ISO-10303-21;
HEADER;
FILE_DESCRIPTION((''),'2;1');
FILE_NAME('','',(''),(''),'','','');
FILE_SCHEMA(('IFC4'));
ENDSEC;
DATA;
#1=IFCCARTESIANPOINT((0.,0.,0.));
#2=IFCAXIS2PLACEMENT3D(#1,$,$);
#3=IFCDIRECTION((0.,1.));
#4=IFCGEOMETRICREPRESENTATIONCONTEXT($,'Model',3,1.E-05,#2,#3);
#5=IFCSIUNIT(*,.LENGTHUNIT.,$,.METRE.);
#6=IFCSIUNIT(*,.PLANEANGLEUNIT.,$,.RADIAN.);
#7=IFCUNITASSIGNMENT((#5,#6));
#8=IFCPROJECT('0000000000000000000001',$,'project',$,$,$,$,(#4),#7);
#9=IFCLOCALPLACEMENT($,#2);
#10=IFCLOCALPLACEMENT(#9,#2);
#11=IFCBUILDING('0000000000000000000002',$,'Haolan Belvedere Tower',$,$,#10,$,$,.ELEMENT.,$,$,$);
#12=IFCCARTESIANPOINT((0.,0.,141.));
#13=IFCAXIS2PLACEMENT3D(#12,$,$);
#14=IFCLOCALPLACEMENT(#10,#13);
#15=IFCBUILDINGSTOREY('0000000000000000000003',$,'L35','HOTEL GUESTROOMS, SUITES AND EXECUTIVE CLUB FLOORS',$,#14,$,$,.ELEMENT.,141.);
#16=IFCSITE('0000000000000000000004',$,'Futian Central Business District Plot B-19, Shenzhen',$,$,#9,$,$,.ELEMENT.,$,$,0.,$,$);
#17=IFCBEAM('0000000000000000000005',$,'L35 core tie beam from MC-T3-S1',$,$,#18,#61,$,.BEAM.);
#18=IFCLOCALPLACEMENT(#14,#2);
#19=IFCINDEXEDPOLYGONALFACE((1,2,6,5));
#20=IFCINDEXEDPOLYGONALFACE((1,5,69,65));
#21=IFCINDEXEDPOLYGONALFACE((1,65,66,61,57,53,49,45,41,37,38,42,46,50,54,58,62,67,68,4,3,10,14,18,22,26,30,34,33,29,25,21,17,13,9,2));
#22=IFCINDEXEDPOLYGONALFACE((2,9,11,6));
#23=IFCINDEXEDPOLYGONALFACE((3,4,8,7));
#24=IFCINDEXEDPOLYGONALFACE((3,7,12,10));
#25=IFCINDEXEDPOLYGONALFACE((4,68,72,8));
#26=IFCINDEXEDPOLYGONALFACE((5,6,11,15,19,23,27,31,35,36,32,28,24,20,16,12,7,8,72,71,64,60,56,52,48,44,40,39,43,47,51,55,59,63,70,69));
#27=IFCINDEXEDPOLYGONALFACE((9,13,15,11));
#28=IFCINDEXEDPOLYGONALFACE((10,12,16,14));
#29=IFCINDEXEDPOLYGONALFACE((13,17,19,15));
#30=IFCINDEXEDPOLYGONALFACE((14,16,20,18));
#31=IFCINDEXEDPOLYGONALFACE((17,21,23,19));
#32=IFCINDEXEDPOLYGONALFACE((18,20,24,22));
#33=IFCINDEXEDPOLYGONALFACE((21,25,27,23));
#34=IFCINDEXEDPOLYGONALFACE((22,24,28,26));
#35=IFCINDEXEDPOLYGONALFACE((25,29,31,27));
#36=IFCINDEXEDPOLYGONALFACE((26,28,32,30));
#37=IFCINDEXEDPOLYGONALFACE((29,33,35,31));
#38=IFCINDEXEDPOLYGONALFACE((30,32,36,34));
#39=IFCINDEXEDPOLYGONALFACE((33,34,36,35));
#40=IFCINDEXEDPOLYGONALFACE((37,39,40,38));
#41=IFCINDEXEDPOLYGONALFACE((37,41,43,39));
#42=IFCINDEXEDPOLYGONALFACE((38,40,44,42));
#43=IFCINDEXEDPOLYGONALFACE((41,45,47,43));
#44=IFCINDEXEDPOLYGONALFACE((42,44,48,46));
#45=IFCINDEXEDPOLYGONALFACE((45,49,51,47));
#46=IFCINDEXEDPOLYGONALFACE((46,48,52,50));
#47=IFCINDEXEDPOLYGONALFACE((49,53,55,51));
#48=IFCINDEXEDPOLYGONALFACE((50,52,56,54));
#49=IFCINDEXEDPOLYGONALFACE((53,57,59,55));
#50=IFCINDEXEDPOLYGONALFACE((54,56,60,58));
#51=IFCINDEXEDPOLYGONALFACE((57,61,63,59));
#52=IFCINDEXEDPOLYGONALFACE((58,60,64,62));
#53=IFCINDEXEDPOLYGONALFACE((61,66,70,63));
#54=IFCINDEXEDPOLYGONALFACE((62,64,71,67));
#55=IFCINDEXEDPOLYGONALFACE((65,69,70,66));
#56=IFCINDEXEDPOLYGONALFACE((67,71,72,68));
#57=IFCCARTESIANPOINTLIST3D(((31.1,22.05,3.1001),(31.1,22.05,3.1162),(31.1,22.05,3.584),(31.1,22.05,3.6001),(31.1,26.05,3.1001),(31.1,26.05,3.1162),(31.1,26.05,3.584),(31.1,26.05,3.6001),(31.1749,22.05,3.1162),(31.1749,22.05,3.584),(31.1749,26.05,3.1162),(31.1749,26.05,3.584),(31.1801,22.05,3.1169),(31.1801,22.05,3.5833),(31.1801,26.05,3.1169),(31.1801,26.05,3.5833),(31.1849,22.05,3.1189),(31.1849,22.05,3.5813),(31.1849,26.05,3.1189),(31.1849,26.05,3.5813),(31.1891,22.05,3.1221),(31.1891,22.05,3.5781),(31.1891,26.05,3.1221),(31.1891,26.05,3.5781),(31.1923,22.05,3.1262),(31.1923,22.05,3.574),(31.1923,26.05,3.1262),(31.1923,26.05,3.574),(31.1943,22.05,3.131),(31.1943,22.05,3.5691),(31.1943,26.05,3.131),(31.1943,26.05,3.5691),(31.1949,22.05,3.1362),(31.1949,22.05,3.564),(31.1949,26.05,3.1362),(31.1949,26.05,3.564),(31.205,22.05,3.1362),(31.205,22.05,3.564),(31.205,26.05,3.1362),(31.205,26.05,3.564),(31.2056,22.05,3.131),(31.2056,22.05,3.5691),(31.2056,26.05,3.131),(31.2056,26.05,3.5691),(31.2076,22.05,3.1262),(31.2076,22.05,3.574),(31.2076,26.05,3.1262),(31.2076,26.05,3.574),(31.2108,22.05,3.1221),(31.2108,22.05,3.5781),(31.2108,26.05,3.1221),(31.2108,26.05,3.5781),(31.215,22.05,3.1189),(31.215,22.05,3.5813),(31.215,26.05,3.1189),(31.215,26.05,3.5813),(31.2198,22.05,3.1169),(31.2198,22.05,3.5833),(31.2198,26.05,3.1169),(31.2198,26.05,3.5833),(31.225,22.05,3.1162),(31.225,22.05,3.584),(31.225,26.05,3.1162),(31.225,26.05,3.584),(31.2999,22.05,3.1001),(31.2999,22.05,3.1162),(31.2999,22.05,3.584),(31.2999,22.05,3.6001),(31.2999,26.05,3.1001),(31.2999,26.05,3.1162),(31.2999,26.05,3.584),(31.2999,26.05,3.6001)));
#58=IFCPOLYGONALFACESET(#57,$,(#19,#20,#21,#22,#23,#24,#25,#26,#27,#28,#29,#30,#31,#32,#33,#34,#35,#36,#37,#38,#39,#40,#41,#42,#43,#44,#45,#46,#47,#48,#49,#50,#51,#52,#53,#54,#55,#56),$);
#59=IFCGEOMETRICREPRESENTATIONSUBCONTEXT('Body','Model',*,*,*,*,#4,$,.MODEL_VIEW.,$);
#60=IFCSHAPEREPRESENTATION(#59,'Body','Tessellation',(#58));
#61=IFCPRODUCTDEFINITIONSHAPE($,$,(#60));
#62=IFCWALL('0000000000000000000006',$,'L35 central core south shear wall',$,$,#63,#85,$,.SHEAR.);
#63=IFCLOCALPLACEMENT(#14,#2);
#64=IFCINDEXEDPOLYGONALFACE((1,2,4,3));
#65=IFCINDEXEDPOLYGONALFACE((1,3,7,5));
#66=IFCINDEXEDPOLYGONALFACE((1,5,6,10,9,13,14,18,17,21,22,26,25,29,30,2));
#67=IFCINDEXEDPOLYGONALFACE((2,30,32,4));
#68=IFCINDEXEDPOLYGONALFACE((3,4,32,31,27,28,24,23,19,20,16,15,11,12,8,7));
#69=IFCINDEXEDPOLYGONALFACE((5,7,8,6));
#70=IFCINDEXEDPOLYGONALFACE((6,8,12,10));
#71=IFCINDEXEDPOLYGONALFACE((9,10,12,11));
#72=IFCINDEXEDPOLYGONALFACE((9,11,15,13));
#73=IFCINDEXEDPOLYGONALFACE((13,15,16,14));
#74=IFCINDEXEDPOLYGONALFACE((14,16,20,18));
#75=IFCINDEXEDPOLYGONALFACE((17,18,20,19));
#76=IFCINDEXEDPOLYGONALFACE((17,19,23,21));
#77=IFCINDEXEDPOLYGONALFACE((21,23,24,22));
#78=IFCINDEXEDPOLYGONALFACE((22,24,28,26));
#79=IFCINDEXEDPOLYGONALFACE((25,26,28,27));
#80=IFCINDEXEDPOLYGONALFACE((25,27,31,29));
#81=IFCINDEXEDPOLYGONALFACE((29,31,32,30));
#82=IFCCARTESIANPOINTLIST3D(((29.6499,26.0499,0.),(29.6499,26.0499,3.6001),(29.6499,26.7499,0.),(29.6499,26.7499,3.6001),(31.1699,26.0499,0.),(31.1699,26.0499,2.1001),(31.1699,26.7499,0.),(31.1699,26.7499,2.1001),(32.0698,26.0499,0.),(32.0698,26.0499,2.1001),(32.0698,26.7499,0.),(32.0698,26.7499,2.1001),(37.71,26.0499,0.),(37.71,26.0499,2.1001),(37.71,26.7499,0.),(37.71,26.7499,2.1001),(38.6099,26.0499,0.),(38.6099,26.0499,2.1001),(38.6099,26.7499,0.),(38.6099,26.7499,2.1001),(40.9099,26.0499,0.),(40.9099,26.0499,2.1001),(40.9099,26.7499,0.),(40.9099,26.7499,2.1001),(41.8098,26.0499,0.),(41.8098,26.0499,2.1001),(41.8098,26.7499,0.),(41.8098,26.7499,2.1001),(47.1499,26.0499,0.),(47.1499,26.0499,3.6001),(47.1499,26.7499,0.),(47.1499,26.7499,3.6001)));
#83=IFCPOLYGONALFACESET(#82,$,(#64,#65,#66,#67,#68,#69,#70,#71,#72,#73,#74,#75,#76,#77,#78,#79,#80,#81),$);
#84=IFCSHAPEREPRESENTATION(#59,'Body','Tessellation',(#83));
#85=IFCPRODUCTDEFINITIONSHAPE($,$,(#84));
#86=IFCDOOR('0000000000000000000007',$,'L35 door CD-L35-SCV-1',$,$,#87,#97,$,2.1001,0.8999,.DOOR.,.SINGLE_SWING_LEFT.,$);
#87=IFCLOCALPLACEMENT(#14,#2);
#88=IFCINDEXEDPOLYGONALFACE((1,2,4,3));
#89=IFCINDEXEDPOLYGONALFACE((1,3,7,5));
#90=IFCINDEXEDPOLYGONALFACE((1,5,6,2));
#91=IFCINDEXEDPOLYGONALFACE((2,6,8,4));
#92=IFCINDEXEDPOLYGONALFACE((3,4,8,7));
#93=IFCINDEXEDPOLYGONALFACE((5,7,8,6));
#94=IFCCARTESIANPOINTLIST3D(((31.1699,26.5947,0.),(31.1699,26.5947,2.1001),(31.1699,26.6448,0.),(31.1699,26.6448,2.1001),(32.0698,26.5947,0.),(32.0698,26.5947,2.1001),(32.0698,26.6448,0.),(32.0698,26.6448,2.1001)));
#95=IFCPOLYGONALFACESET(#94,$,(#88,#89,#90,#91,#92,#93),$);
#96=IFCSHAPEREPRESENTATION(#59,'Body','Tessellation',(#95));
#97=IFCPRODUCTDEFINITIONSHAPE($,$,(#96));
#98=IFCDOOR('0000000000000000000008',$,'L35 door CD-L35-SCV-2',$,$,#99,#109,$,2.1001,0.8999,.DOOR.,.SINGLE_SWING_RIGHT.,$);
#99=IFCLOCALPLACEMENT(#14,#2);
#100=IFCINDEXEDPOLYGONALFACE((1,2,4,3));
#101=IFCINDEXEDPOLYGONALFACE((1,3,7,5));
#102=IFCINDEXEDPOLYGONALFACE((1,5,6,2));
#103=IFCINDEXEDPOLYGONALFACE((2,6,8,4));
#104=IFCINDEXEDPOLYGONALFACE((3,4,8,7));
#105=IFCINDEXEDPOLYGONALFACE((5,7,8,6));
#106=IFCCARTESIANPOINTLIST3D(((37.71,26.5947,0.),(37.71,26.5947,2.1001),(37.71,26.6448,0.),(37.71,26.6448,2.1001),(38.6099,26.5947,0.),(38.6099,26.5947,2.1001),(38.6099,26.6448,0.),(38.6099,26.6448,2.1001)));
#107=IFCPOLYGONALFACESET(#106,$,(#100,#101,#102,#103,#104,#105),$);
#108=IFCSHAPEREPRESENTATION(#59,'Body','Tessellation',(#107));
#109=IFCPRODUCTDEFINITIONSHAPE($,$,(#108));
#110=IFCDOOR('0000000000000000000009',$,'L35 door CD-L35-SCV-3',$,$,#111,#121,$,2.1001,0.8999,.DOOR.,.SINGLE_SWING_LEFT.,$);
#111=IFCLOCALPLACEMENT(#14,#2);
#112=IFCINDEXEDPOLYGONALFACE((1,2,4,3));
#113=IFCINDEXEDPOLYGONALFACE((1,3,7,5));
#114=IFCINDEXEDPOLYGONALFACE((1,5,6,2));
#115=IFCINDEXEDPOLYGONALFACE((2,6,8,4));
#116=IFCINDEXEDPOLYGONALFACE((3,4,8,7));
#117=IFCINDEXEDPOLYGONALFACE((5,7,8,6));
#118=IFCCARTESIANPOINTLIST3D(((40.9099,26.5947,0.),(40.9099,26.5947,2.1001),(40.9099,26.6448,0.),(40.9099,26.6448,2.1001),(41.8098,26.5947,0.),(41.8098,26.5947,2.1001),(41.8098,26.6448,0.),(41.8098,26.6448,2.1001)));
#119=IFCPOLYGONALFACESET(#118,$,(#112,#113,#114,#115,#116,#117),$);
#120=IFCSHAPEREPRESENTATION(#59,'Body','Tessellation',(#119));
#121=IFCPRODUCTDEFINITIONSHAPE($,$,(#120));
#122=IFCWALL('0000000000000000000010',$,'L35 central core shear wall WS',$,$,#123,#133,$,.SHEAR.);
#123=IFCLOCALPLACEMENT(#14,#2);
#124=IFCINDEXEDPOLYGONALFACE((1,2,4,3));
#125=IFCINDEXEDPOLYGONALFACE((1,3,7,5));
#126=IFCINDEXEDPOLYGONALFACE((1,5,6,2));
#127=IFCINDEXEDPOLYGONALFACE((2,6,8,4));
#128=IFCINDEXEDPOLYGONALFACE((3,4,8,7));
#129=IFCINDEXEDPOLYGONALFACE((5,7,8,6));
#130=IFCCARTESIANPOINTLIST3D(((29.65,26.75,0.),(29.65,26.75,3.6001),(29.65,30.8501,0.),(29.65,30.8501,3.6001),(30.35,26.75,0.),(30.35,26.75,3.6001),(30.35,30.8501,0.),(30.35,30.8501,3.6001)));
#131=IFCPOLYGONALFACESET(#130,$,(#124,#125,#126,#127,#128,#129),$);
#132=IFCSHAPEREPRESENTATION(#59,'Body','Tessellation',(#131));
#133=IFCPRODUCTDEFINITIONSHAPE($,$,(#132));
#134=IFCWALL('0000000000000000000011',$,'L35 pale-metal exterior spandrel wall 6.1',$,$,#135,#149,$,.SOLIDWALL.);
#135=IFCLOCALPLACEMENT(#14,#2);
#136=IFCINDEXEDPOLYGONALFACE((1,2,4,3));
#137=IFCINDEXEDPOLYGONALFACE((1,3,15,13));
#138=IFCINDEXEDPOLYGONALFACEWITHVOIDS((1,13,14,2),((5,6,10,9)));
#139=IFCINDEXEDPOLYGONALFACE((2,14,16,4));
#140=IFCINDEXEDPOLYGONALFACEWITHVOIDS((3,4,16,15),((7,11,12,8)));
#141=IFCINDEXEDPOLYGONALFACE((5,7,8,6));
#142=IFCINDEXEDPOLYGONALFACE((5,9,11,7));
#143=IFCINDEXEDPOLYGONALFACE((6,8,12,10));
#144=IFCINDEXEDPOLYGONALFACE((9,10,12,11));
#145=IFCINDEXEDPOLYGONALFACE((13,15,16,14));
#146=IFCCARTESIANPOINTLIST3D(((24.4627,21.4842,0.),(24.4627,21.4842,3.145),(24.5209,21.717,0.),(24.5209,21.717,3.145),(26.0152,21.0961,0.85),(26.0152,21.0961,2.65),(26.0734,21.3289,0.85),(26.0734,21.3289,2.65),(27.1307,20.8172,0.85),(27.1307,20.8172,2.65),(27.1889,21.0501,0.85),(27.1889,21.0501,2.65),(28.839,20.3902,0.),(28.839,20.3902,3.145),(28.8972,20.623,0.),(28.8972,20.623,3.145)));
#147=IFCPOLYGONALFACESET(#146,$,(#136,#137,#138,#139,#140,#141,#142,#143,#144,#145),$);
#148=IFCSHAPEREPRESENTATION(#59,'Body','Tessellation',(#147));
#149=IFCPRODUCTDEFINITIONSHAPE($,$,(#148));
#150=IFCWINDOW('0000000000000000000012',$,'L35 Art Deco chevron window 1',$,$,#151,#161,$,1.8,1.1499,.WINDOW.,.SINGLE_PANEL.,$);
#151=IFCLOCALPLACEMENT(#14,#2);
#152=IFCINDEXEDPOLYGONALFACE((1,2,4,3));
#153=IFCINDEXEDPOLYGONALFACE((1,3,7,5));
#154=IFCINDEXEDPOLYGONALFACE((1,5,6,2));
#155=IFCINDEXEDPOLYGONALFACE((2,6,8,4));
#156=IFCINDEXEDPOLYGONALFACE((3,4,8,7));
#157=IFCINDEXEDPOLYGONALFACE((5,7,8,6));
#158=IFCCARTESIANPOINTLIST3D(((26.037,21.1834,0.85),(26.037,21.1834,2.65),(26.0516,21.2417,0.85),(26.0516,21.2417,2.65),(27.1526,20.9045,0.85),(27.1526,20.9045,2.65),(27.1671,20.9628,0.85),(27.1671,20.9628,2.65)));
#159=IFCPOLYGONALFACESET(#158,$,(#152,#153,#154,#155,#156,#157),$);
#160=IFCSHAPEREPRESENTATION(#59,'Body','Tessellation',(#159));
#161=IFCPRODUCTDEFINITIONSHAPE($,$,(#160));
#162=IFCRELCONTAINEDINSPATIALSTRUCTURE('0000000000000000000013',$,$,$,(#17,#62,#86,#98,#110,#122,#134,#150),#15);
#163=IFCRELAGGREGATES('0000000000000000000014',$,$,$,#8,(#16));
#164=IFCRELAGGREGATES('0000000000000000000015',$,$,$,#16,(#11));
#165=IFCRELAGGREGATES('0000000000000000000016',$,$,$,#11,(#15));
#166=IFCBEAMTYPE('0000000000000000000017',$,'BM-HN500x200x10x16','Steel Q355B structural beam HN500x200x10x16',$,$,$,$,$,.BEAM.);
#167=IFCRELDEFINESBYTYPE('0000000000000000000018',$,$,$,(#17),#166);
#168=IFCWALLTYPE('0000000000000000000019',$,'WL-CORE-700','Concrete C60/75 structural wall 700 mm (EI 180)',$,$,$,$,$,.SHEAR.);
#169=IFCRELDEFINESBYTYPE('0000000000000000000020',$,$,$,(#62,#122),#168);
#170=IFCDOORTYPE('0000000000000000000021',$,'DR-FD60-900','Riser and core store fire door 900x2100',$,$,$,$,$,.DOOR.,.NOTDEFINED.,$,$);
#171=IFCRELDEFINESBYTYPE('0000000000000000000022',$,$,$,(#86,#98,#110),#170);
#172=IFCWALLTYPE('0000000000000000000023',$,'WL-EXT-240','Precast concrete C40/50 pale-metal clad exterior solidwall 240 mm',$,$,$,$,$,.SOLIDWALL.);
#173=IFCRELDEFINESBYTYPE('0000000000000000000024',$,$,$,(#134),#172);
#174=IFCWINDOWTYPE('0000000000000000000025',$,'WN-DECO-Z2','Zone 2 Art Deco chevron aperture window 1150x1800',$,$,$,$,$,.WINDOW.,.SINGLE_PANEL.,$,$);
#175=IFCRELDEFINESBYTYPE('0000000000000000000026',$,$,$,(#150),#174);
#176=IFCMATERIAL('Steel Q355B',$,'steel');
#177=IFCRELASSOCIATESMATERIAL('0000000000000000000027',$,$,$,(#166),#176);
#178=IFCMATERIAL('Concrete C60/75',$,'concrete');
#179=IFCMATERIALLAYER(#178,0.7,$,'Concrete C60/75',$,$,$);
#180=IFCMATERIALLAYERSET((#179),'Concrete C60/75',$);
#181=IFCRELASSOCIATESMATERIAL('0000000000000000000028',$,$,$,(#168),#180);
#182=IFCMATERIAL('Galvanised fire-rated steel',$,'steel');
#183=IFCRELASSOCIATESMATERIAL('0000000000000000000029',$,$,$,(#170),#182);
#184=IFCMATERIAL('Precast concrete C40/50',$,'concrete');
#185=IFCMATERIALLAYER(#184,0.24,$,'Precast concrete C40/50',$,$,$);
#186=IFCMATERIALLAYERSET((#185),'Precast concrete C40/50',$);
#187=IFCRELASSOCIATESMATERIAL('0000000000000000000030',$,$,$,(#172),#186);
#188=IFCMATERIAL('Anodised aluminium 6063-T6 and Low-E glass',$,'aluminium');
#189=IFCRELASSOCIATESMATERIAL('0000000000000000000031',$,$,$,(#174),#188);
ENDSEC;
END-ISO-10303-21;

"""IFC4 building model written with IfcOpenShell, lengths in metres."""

from ifc_helpers import new_model, si_unit, direction, frame, frame_2d, origin, origin_2d, place, context, subcontext, project, spatial, rectangle, i_section, extrude, material, layer, layer_set, material_profile, profile_set, type_object, element, fill, save


model = new_model("IFC4")

# Units and contexts
model_context = context("Model", 3, precision=1e-05, world=origin(), true_north=direction((0.0, 1.0)))
body_context = subcontext(model_context, "Body", "Model", "MODEL_VIEW")
ifc_project = project(units=[si_unit("LENGTHUNIT", "METRE"), si_unit("PLANEANGLEUNIT", "RADIAN")], contexts=[model_context])

# Site, building, storey
site_placement = place(None, origin())
site = spatial("IfcSite", under=ifc_project, at=site_placement, Name="Futian Central Business District Plot B-19, Shenzhen", CompositionType="ELEMENT", RefElevation=0.0)
building_placement = place(site_placement, origin())
building = spatial("IfcBuilding", under=site, at=building_placement, Name="Haolan Belvedere Tower", CompositionType="ELEMENT")
storey_placement = place(building_placement, frame((0.0, 0.0, 141.0)))
storey = spatial("IfcBuildingStorey", under=building, at=storey_placement, Name="L35", Description="HOTEL GUESTROOMS, SUITES AND EXECUTIVE CLUB FLOORS", CompositionType="ELEMENT", Elevation=141.0)

# Beam
ifc_material_1 = material(Name="Steel Q355B", Category="steel")
ifc_material_profile_1 = material_profile(ifc_material_1, i_section(OverallWidth=0.2, OverallDepth=0.5, WebThickness=0.01, FlangeThickness=0.0161, FilletRadius=0.02, at=origin_2d()), Name="Steel Q355B")
ifc_profile_set_1 = profile_set([ifc_material_profile_1], Name="Steel Q355B")
beam_type_1 = type_object("IfcBeamType", Name="BM-HN500x200x10x16", Description="Steel Q355B structural beam HN500x200x10x16", PredefinedType="BEAM", material=ifc_profile_set_1)
beam_1_placement = place(storey_placement, frame((31.2, 22.05, 3.3501), z_axis=(0.0, 1.0, 0.0), x_axis=(-1.0, 0.0, 0.0)))
element("IfcBeam", 1, at=beam_1_placement, inside=storey, type_object=beam_type_1, Name="L35 core tie beam from MC-T3-S1", PredefinedType="BEAM", context=body_context, shape_type="SweptSolid", body=[
    extrude(i_section(OverallWidth=0.2, OverallDepth=0.5, WebThickness=0.01, FlangeThickness=0.0161, FilletRadius=0.02, at=origin_2d()), origin(), (0.0, 0.0, 1.0), 4.0),
])

# Wall, openings, doors
ifc_material_2 = material(Name="Concrete C60/75", Category="concrete")
ifc_layer_1 = layer(ifc_material_2, 0.7, Name="Concrete C60/75")
ifc_layer_set_1 = layer_set([ifc_layer_1], Name="Concrete C60/75")
wall_type_1 = type_object("IfcWallType", Name="WL-CORE-700", Description="Concrete C60/75 structural wall 700 mm (EI 180)", PredefinedType="SHEAR", material=ifc_layer_set_1)
wall_1_placement = place(storey_placement, frame((29.6499, 26.3999, 0.0), z_axis=(0.0, 0.0, 1.0), x_axis=(1.0, 0.0, 0.0)))
wall_1 = element("IfcWall", 2, at=wall_1_placement, inside=storey, type_object=wall_type_1, Name="L35 central core south shear wall", PredefinedType="SHEAR", context=body_context, shape_type="SweptSolid", body=[
    extrude(rectangle(XDim=17.5, YDim=0.7, at=frame_2d((8.75, 0.0))), origin(), (0.0, 0.0, 1.0), 3.6001),
])
opening_1_placement = place(wall_1_placement, frame((2.4199, 0.0, 0.0), z_axis=(0.0, 0.0, 1.0), x_axis=(-1.0, 0.0, 0.0)))
opening_1 = element("IfcOpeningElement", 3, at=opening_1_placement, cuts=wall_1, PredefinedType="OPENING", context=body_context, shape_type="SweptSolid", body=[
    extrude(rectangle(XDim=0.8999, YDim=2.1001, at=frame_2d((0.45, 1.05))), frame((0.0, 0.3599, 0.0), z_axis=(0.0, -1.0, 0.0), x_axis=(1.0, 0.0, 0.0)), (0.0, 0.0, 1.0), 0.72),
])
opening_2_placement = place(wall_1_placement, frame((8.96, 0.0, 0.0), z_axis=(0.0, 0.0, 1.0), x_axis=(-1.0, 0.0, 0.0)))
opening_2 = element("IfcOpeningElement", 4, at=opening_2_placement, cuts=wall_1, PredefinedType="OPENING", context=body_context, shape_type="SweptSolid", body=[
    extrude(rectangle(XDim=0.8999, YDim=2.1001, at=frame_2d((0.45, 1.05))), frame((0.0, 0.3599, 0.0), z_axis=(0.0, -1.0, 0.0), x_axis=(1.0, 0.0, 0.0)), (0.0, 0.0, 1.0), 0.72),
])
opening_3_placement = place(wall_1_placement, frame((12.1599, 0.0, 0.0), z_axis=(0.0, 0.0, 1.0), x_axis=(-1.0, 0.0, 0.0)))
opening_3 = element("IfcOpeningElement", 5, at=opening_3_placement, cuts=wall_1, PredefinedType="OPENING", context=body_context, shape_type="SweptSolid", body=[
    extrude(rectangle(XDim=0.8999, YDim=2.1001, at=frame_2d((0.45, 1.05))), frame((0.0, 0.3599, 0.0), z_axis=(0.0, -1.0, 0.0), x_axis=(1.0, 0.0, 0.0)), (0.0, 0.0, 1.0), 0.72),
])
ifc_material_3 = material(Name="Galvanised fire-rated steel", Category="steel")
door_type_1 = type_object("IfcDoorType", Name="DR-FD60-900", Description="Riser and core store fire door 900x2100", OperationType="NOTDEFINED", PredefinedType="DOOR", material=ifc_material_3)
door_1_placement = place(opening_1_placement, origin())
door_1 = element("IfcDoor", 6, at=door_1_placement, inside=storey, type_object=door_type_1, Name="L35 door CD-L35-SCV-1", OperationType="SINGLE_SWING_LEFT", OverallHeight=2.1001, OverallWidth=0.8999, PredefinedType="DOOR", context=body_context, shape_type="SweptSolid", body=[
    extrude(rectangle(XDim=0.8999, YDim=2.1001, at=frame_2d((0.45, 1.05))), frame((0.0, -0.1948, 0.0), z_axis=(0.0, -1.0, 0.0), x_axis=(1.0, 0.0, 0.0)), (0.0, 0.0, 1.0), 0.05),
])
fill(opening_1, door_1)
door_2_placement = place(opening_2_placement, origin())
door_2 = element("IfcDoor", 7, at=door_2_placement, inside=storey, type_object=door_type_1, Name="L35 door CD-L35-SCV-2", OperationType="SINGLE_SWING_RIGHT", OverallHeight=2.1001, OverallWidth=0.8999, PredefinedType="DOOR", context=body_context, shape_type="SweptSolid", body=[
    extrude(rectangle(XDim=0.8999, YDim=2.1001, at=frame_2d((0.45, 1.05))), frame((0.0, -0.1948, 0.0), z_axis=(0.0, -1.0, 0.0), x_axis=(1.0, 0.0, 0.0)), (0.0, 0.0, 1.0), 0.05),
])
fill(opening_2, door_2)
door_3_placement = place(opening_3_placement, origin())
door_3 = element("IfcDoor", 8, at=door_3_placement, inside=storey, type_object=door_type_1, Name="L35 door CD-L35-SCV-3", OperationType="SINGLE_SWING_LEFT", OverallHeight=2.1001, OverallWidth=0.8999, PredefinedType="DOOR", context=body_context, shape_type="SweptSolid", body=[
    extrude(rectangle(XDim=0.8999, YDim=2.1001, at=frame_2d((0.45, 1.05))), frame((0.0, -0.1948, 0.0), z_axis=(0.0, -1.0, 0.0), x_axis=(1.0, 0.0, 0.0)), (0.0, 0.0, 1.0), 0.05),
])
fill(opening_3, door_3)

# Wall
wall_2_placement = place(storey_placement, frame((30.0, 26.75, 0.0), z_axis=(0.0, 0.0, 1.0), x_axis=(0.0, 1.0, 0.0)))
element("IfcWall", 9, at=wall_2_placement, inside=storey, type_object=wall_type_1, Name="L35 central core shear wall WS", PredefinedType="SHEAR", context=body_context, shape_type="SweptSolid", body=[
    extrude(rectangle(XDim=4.1001, YDim=0.7, at=frame_2d((2.05, 0.0))), origin(), (0.0, 0.0, 1.0), 3.6001),
])

# Wall, opening, window
ifc_material_4 = material(Name="Precast concrete C40/50", Category="concrete")
ifc_layer_2 = layer(ifc_material_4, 0.24, Name="Precast concrete C40/50")
ifc_layer_set_2 = layer_set([ifc_layer_2], Name="Precast concrete C40/50")
wall_type_2 = type_object("IfcWallType", Name="WL-EXT-240", Description="Precast concrete C40/50 pale-metal clad exterior solidwall 240 mm", PredefinedType="SOLIDWALL", material=ifc_layer_set_2)
wall_3_placement = place(storey_placement, frame((24.4919, 21.6006, 0.0), z_axis=(0.0, 0.0, 1.0), x_axis=(0.970146, -0.242523, 0.0)))
wall_3 = element("IfcWall", 10, at=wall_3_placement, inside=storey, type_object=wall_type_2, Name="L35 pale-metal exterior spandrel wall 6.1", PredefinedType="SOLIDWALL", context=body_context, shape_type="SweptSolid", body=[
    extrude(rectangle(XDim=4.511, YDim=0.24, at=frame_2d((2.2554, 0.0))), origin(), (0.0, 0.0, 1.0), 3.145),
])
opening_4_placement = place(wall_3_placement, frame((1.6001, 0.0, 0.8501)))
opening_4 = element("IfcOpeningElement", 11, at=opening_4_placement, cuts=wall_3, PredefinedType="OPENING", context=body_context, shape_type="SweptSolid", body=[
    extrude(rectangle(XDim=1.1499, YDim=1.8, at=frame_2d((0.575, 0.8999))), frame((0.0, 0.1299, 0.0), z_axis=(0.0, -1.0, 0.0), x_axis=(1.0, 0.0, 0.0)), (0.0, 0.0, 1.0), 0.26),
])
ifc_material_5 = material(Name="Anodised aluminium 6063-T6 and Low-E glass", Category="aluminium")
window_type = type_object("IfcWindowType", Name="WN-DECO-Z2", Description="Zone 2 Art Deco chevron aperture window 1150x1800", PartitioningType="SINGLE_PANEL", PredefinedType="WINDOW", material=ifc_material_5)
window_placement = place(opening_4_placement, origin())
window = element("IfcWindow", 12, at=window_placement, inside=storey, type_object=window_type, Name="L35 Art Deco chevron window 1", OverallHeight=1.8, OverallWidth=1.1499, PartitioningType="SINGLE_PANEL", PredefinedType="WINDOW", context=body_context, shape_type="SweptSolid", body=[
    extrude(rectangle(XDim=1.1499, YDim=1.8, at=frame_2d((0.575, 0.8999))), frame((0.0, 0.03, 0.0), z_axis=(0.0, -1.0, 0.0), x_axis=(1.0, 0.0, 0.0)), (0.0, 0.0, 1.0), 0.0601),
])
fill(opening_4, window)

save(model, "model.ifc")
